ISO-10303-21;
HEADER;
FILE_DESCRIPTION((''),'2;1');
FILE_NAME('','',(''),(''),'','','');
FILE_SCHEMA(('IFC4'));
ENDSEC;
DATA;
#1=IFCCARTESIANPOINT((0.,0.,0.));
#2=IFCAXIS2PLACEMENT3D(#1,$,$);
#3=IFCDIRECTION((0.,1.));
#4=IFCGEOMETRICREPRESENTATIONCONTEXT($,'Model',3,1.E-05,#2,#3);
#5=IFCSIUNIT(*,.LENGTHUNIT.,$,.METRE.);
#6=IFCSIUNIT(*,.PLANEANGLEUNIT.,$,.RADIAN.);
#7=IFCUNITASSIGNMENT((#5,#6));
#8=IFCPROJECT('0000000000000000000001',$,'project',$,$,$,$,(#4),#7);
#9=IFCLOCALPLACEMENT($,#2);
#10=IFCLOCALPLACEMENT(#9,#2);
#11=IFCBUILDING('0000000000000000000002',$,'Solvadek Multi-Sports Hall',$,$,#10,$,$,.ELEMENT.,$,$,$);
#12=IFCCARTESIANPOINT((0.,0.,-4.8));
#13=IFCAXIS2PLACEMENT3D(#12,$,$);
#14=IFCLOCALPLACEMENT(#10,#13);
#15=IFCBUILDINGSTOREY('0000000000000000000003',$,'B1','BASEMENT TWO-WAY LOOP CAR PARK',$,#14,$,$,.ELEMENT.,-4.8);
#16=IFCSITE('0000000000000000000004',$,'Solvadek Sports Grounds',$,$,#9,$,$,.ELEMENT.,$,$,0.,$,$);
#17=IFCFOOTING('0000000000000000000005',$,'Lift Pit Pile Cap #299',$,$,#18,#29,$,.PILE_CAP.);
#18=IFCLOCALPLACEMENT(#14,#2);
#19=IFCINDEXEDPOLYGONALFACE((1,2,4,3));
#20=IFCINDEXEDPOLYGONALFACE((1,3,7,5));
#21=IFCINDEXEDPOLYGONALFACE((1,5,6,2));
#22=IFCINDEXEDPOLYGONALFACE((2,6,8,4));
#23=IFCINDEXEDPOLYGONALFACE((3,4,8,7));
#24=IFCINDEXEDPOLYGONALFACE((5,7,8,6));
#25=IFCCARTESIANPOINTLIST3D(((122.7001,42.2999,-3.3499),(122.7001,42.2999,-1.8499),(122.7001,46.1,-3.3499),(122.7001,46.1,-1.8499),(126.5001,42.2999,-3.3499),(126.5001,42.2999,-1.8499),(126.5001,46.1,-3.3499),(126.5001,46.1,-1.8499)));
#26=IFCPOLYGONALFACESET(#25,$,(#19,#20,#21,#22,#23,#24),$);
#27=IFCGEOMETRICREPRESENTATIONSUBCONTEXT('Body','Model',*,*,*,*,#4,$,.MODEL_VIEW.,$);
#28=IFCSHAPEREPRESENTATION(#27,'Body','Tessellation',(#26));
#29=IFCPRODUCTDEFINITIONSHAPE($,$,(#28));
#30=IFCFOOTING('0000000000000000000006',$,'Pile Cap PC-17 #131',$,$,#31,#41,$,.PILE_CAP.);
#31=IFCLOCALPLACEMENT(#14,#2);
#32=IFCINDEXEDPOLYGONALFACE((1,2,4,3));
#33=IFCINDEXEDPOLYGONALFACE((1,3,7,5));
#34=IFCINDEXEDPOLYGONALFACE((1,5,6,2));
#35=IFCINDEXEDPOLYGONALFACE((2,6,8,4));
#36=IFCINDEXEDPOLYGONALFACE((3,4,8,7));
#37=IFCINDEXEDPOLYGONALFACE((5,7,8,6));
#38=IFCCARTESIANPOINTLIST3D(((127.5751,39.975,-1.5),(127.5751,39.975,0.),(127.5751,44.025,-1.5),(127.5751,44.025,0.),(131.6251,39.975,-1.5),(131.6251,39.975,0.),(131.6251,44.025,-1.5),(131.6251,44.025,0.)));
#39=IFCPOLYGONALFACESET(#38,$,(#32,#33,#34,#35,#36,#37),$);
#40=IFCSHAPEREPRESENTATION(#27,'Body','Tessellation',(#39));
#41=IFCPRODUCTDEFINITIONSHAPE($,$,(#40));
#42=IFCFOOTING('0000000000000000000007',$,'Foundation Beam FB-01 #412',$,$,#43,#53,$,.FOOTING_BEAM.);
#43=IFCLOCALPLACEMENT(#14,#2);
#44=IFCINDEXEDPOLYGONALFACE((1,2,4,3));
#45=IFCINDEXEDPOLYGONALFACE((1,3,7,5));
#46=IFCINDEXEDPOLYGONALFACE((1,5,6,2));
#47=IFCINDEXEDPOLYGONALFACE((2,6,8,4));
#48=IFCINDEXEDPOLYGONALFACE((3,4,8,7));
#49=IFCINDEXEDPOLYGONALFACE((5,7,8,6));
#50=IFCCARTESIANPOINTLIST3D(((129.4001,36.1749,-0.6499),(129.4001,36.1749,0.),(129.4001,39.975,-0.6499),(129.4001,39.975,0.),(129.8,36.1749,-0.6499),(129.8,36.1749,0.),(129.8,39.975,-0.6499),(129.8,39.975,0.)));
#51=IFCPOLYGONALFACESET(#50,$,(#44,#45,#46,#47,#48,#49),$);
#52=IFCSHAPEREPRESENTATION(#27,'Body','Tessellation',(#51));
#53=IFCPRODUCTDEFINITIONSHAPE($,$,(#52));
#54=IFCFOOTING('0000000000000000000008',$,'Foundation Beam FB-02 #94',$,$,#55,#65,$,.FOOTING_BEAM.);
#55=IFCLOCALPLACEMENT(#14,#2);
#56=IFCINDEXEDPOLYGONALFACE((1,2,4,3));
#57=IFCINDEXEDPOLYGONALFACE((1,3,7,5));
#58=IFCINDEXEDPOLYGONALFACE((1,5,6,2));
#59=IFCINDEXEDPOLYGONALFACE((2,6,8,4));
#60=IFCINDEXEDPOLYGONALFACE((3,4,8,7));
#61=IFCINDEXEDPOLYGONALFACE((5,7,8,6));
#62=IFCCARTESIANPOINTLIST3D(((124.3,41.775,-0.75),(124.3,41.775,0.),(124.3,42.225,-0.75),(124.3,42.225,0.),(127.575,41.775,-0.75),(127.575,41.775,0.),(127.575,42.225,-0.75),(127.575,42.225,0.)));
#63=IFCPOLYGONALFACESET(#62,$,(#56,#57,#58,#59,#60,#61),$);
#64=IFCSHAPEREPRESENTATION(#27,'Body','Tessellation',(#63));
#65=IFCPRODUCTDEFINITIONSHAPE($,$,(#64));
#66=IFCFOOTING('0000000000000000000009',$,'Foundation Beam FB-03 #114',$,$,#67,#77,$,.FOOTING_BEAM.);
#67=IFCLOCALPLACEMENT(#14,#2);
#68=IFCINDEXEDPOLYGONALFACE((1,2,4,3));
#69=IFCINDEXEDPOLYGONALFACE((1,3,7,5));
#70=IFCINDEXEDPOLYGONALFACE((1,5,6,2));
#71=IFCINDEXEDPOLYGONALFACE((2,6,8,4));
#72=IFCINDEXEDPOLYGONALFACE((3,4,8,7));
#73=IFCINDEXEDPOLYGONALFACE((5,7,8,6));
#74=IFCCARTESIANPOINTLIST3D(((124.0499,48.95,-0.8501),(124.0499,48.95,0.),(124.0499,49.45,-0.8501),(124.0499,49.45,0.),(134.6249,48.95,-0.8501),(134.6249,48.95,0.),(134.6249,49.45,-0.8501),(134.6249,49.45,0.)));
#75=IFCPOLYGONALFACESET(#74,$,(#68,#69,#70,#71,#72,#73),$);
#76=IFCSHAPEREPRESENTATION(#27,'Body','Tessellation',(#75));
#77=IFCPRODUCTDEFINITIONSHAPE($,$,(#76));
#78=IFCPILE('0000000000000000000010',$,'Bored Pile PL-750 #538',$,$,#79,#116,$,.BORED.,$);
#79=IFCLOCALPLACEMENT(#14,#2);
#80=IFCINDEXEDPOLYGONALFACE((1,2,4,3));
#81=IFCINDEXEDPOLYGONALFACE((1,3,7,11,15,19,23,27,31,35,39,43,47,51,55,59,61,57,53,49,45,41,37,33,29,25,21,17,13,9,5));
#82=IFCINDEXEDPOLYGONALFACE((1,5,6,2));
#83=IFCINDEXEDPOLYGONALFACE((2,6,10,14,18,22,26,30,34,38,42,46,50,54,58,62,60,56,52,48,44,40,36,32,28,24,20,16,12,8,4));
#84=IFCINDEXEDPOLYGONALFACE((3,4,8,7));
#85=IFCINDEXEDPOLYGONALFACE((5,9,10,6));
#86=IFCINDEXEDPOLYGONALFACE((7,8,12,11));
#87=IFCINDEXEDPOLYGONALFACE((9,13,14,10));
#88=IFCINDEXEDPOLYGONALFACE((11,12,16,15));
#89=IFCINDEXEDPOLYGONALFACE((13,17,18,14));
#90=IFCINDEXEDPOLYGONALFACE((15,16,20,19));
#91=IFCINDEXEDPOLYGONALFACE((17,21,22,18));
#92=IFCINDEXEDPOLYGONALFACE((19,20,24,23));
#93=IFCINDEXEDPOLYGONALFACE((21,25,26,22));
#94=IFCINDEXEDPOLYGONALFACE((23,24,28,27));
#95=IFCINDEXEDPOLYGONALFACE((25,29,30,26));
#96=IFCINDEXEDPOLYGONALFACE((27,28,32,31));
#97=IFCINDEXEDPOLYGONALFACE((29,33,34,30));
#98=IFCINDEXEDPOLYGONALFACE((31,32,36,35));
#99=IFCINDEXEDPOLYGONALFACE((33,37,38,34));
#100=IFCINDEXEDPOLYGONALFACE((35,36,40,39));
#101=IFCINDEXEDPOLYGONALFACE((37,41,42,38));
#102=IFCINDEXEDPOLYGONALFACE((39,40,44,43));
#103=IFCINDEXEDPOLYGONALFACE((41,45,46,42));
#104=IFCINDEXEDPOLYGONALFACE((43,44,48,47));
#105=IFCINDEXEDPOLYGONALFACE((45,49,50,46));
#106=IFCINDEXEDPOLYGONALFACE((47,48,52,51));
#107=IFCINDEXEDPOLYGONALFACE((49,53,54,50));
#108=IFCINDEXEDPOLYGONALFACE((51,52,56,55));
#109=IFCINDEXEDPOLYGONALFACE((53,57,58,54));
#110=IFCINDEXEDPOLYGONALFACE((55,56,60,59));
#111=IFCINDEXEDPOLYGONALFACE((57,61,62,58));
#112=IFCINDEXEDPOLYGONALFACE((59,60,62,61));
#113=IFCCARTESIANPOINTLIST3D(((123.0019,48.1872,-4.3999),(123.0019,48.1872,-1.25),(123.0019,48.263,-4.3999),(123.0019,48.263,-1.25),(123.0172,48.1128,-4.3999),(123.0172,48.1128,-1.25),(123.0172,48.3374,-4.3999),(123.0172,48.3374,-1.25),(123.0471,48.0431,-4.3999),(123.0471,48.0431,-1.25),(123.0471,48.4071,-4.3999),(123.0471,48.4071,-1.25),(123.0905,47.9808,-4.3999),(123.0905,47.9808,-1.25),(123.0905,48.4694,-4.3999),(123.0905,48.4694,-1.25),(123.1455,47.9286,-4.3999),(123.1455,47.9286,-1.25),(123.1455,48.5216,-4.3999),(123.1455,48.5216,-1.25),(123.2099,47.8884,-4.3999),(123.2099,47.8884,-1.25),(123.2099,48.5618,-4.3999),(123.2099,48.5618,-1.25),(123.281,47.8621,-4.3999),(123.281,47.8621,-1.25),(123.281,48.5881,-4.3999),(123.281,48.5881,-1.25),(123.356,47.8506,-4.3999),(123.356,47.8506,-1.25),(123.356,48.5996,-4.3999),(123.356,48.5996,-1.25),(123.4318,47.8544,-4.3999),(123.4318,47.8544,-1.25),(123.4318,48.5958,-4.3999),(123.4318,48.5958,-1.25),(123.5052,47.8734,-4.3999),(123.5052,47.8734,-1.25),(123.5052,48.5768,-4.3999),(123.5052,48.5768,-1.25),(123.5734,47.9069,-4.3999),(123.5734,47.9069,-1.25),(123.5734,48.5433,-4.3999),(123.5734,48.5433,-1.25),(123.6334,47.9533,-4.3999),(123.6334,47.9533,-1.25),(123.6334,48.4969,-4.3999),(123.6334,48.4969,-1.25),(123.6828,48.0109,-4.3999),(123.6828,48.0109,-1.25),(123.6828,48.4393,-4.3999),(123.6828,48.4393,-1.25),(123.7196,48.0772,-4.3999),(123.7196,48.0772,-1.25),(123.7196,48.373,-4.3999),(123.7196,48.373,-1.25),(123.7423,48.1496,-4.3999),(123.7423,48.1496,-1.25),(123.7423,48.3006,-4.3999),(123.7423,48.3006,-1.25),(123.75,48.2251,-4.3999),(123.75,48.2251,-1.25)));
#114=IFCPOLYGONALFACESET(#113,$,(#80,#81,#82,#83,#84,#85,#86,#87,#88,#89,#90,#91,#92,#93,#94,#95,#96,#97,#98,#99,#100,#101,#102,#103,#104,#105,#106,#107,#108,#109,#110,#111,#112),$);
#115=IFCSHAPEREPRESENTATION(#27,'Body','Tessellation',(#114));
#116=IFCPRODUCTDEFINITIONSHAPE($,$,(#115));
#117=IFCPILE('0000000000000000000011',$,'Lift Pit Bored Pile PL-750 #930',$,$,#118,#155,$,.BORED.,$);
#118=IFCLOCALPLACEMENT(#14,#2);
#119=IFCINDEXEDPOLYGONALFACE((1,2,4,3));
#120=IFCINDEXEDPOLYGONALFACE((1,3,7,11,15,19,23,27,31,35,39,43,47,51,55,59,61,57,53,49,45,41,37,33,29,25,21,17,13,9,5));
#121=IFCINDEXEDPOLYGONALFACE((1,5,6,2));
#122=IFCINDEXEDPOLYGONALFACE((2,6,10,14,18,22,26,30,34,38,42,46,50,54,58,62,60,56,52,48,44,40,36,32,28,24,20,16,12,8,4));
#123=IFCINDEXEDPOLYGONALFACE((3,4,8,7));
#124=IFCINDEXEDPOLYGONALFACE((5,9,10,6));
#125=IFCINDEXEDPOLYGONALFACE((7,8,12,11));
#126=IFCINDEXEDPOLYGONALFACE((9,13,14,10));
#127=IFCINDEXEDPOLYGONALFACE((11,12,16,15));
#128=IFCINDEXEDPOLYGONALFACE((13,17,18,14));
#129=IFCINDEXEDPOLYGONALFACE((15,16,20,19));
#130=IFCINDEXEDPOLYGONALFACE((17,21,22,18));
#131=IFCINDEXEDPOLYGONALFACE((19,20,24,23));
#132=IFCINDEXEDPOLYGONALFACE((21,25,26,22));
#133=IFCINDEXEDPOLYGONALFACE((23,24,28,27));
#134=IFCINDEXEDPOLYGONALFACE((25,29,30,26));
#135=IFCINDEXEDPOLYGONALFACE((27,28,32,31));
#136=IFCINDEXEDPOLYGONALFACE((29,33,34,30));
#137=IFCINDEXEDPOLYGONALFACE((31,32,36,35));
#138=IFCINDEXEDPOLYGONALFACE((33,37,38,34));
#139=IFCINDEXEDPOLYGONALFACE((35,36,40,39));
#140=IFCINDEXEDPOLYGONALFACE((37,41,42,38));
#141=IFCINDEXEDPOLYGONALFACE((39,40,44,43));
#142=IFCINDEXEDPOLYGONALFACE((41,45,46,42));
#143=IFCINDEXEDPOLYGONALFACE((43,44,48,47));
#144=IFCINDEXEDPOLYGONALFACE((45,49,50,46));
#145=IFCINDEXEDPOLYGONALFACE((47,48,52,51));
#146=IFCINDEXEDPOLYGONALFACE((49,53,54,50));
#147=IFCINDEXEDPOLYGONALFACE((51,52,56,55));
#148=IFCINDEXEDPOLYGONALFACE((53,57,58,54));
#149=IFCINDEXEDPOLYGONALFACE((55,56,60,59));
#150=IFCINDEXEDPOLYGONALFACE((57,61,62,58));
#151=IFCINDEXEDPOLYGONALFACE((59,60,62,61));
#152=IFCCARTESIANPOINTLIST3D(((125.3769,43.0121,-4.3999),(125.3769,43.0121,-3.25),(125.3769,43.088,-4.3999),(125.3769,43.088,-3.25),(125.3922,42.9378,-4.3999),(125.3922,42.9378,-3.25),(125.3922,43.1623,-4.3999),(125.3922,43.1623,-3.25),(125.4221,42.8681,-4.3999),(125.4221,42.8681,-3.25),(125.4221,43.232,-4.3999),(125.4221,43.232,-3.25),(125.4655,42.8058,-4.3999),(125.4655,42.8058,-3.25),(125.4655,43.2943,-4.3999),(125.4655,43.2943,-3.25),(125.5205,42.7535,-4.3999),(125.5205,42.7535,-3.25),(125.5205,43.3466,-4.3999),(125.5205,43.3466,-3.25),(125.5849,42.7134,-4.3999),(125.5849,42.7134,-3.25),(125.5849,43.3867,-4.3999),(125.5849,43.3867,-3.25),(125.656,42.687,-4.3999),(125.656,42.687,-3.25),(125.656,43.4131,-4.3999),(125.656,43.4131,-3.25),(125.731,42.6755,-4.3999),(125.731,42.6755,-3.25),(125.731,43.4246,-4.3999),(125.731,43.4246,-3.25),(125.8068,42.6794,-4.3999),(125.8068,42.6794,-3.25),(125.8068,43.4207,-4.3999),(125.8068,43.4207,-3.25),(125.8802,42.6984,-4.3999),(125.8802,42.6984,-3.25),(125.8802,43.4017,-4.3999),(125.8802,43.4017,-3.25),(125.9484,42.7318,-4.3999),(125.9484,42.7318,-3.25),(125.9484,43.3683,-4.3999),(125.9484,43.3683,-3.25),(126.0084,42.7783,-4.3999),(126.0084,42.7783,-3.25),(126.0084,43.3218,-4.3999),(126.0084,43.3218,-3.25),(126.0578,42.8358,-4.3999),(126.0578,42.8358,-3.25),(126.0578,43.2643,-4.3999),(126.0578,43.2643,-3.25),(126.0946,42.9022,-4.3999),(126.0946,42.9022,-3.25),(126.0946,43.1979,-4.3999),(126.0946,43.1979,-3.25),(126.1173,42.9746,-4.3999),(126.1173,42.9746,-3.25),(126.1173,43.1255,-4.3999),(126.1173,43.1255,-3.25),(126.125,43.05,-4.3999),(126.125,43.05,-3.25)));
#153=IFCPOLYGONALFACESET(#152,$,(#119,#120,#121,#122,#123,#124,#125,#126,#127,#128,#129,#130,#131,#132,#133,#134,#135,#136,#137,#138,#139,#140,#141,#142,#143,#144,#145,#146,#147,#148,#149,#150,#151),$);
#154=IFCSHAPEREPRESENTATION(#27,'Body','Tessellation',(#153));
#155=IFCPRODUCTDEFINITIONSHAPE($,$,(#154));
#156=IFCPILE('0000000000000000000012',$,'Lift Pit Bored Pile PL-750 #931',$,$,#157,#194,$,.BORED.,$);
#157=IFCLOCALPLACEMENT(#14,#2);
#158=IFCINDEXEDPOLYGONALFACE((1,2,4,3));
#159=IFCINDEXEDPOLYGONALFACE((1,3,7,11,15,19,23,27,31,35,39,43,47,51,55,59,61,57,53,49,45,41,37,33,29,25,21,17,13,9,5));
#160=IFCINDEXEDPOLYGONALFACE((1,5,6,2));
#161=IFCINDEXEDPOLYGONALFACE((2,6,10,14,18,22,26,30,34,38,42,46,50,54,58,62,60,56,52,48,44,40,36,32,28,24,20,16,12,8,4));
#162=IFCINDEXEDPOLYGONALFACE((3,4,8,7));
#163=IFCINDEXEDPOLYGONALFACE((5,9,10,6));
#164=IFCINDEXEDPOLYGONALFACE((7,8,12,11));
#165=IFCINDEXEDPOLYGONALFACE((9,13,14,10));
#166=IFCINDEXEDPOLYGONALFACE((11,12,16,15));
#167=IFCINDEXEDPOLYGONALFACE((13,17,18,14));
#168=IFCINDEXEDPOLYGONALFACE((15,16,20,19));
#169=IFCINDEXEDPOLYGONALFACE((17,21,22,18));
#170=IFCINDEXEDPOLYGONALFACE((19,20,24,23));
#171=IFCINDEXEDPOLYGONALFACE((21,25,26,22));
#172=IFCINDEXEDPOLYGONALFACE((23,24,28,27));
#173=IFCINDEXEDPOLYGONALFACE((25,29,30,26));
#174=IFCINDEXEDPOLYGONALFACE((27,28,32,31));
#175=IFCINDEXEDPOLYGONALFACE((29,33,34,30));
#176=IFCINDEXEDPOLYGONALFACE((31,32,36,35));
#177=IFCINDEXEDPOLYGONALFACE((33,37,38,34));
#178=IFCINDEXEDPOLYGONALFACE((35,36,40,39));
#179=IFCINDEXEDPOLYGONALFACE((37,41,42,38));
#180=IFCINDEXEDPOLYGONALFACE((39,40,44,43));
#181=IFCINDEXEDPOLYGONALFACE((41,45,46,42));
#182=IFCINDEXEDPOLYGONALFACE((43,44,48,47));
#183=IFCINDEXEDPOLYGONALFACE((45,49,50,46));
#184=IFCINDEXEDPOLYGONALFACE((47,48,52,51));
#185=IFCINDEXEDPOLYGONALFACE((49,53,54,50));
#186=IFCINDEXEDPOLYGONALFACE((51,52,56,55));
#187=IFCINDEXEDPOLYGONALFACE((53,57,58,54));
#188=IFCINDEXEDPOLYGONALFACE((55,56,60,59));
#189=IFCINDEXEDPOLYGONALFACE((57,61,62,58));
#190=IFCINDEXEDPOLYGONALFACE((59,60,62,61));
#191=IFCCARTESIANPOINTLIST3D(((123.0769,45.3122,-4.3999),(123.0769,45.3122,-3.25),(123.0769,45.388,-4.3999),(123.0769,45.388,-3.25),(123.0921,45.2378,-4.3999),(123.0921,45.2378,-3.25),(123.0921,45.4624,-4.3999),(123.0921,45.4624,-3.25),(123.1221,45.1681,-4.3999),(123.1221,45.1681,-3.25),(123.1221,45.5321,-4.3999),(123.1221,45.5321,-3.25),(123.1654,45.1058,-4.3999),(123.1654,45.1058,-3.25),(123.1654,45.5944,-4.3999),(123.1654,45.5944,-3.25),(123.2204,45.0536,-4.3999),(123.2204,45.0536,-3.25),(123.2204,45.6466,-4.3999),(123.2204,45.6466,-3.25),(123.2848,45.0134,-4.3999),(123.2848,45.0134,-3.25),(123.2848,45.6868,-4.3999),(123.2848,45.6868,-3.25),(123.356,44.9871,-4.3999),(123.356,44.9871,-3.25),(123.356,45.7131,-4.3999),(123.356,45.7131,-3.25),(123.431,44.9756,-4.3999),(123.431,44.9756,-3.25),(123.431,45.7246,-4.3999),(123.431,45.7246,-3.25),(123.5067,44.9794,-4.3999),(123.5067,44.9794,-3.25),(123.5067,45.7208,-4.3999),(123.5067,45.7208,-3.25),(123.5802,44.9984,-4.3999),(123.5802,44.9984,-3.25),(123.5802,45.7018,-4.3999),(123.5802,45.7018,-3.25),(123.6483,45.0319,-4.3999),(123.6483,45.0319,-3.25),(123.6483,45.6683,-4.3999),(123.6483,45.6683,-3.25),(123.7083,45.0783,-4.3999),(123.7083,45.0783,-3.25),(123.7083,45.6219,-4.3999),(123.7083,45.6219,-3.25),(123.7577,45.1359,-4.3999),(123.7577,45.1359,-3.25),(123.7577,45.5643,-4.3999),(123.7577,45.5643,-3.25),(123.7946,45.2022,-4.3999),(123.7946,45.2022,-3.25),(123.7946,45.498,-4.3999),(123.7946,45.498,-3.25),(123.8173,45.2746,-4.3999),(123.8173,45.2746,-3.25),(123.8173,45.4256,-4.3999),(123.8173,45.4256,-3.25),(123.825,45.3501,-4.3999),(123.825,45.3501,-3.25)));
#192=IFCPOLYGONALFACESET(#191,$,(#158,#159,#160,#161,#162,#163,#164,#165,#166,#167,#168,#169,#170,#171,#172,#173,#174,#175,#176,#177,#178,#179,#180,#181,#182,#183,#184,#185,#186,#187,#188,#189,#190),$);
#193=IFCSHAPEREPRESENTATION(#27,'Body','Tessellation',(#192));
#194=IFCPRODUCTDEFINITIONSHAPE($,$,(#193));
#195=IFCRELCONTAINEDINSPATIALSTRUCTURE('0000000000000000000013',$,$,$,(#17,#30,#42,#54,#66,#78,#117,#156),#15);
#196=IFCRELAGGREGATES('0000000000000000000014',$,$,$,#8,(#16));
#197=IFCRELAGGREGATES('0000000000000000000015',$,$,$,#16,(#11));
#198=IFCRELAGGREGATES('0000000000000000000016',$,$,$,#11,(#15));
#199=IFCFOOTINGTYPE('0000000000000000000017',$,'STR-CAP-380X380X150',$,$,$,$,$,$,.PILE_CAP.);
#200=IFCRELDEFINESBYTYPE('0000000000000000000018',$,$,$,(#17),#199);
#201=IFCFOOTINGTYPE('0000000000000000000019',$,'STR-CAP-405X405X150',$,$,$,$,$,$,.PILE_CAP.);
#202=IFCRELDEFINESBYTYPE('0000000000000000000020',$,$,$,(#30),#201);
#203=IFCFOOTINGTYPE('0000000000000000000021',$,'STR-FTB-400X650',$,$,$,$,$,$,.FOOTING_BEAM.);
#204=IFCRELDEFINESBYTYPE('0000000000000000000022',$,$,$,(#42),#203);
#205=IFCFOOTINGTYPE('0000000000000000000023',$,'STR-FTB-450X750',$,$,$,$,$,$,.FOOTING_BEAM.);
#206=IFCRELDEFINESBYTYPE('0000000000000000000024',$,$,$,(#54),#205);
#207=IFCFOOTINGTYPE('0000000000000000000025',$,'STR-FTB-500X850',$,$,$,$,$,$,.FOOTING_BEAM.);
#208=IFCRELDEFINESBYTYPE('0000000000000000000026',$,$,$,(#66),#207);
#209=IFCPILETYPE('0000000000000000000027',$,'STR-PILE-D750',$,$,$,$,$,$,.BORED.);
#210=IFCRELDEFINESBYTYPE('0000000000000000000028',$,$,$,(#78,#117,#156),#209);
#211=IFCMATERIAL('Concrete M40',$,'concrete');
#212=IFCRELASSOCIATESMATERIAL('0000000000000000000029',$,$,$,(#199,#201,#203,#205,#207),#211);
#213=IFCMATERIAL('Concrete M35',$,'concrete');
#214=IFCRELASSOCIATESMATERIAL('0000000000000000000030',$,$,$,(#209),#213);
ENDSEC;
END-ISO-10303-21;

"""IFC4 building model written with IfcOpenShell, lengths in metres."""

from ifc_helpers import new_model, si_unit, direction, frame, origin, origin_2d, place, context, subcontext, project, spatial, rectangle, circle, extrude, material, material_profile, profile_set, type_object, element, save


model = new_model("IFC4")

# Units and contexts
model_context = context("Model", 3, precision=1e-05, world=origin(), true_north=direction((0.0, 1.0)))
body_context = subcontext(model_context, "Body", "Model", "MODEL_VIEW")
ifc_project = project(units=[si_unit("LENGTHUNIT", "METRE"), si_unit("PLANEANGLEUNIT", "RADIAN")], contexts=[model_context])

# Site, building, storey
site_placement = place(None, origin())
site = spatial("IfcSite", under=ifc_project, at=site_placement, Name="Solvadek Sports Grounds", CompositionType="ELEMENT", RefElevation=0.0)
building_placement = place(site_placement, origin())
building = spatial("IfcBuilding", under=site, at=building_placement, Name="Solvadek Multi-Sports Hall", CompositionType="ELEMENT")
storey_placement = place(building_placement, frame((0.0, 0.0, -4.8)))
storey = spatial("IfcBuildingStorey", under=building, at=storey_placement, Name="B1", Description="BASEMENT TWO-WAY LOOP CAR PARK", CompositionType="ELEMENT", Elevation=-4.8)

# Footings
ifc_material_1 = material(Name="Concrete M40", Category="concrete")
footing_type_1 = type_object("IfcFootingType", Name="STR-CAP-380X380X150", PredefinedType="PILE_CAP", material=ifc_material_1)
footing_1_placement = place(storey_placement, frame((124.6001, 44.2, -3.3499), z_axis=(0.0, 0.0, 1.0), x_axis=(1.0, 0.0, 0.0)))
element("IfcFooting", 1, at=footing_1_placement, inside=storey, type_object=footing_type_1, Name="Lift Pit Pile Cap #299", PredefinedType="PILE_CAP", context=body_context, shape_type="SweptSolid", body=[
    extrude(rectangle(XDim=3.8, YDim=3.8, at=origin_2d()), origin(), (0.0, 0.0, 1.0), 1.5),
])
footing_type_2 = type_object("IfcFootingType", Name="STR-CAP-405X405X150", PredefinedType="PILE_CAP", material=ifc_material_1)
footing_2_placement = place(storey_placement, frame((129.6001, 42.0, -1.5), z_axis=(0.0, 0.0, 1.0), x_axis=(1.0, 0.0, 0.0)))
element("IfcFooting", 2, at=footing_2_placement, inside=storey, type_object=footing_type_2, Name="Pile Cap PC-17 #131", PredefinedType="PILE_CAP", context=body_context, shape_type="SweptSolid", body=[
    extrude(rectangle(XDim=4.05, YDim=4.05, at=origin_2d()), origin(), (0.0, 0.0, 1.0), 1.5),
])
footing_type_3 = type_object("IfcFootingType", Name="STR-FTB-400X650", PredefinedType="FOOTING_BEAM", material=ifc_material_1)
footing_3_placement = place(storey_placement, frame((129.6001, 38.075, -0.6499), z_axis=(0.0, 0.0, 1.0), x_axis=(0.0, 1.0, 0.0)))
element("IfcFooting", 3, at=footing_3_placement, inside=storey, type_object=footing_type_3, Name="Foundation Beam FB-01 #412", PredefinedType="FOOTING_BEAM", context=body_context, shape_type="SweptSolid", body=[
    extrude(rectangle(XDim=3.8, YDim=0.3999, at=origin_2d()), origin(), (0.0, 0.0, 1.0), 0.6499),
])
footing_type_4 = type_object("IfcFootingType", Name="STR-FTB-450X750", PredefinedType="FOOTING_BEAM", material=ifc_material_1)
footing_4_placement = place(storey_placement, frame((125.9375, 42.0, -0.75), z_axis=(0.0, 0.0, 1.0), x_axis=(1.0, 0.0, 0.0)))
element("IfcFooting", 4, at=footing_4_placement, inside=storey, type_object=footing_type_4, Name="Foundation Beam FB-02 #94", PredefinedType="FOOTING_BEAM", context=body_context, shape_type="SweptSolid", body=[
    extrude(rectangle(XDim=3.2749, YDim=0.45, at=origin_2d()), origin(), (0.0, 0.0, 1.0), 0.75),
])
footing_type_5 = type_object("IfcFootingType", Name="STR-FTB-500X850", PredefinedType="FOOTING_BEAM", material=ifc_material_1)
footing_5_placement = place(storey_placement, frame((129.3374, 49.2, -0.8501), z_axis=(0.0, 0.0, 1.0), x_axis=(1.0, 0.0, 0.0)))
element("IfcFooting", 5, at=footing_5_placement, inside=storey, type_object=footing_type_5, Name="Foundation Beam FB-03 #114", PredefinedType="FOOTING_BEAM", context=body_context, shape_type="SweptSolid", body=[
    extrude(rectangle(XDim=10.575, YDim=0.5, at=origin_2d()), origin(), (0.0, 0.0, 1.0), 0.8501),
])

# Piles
ifc_material_2 = material(Name="Concrete M35", Category="concrete")
ifc_material_profile_1 = material_profile(ifc_material_2, circle(Radius=0.375, at=origin_2d()), Name="BORED PILE D750")
ifc_profile_set_1 = profile_set([ifc_material_profile_1], Name="Concrete M35")
pile_type_1 = type_object("IfcPileType", Name="STR-PILE-D750", PredefinedType="BORED", material=ifc_profile_set_1)
pile_placement = place(storey_placement, frame((123.375, 48.2251, -1.25), z_axis=(0.0, 0.0, -1.0), x_axis=(1.0, 0.0, 0.0)))
element("IfcPile", 6, at=pile_placement, inside=storey, type_object=pile_type_1, Name="Bored Pile PL-750 #538", PredefinedType="BORED", context=body_context, shape_type="SweptSolid", body=[
    extrude(circle(Radius=0.375, at=origin_2d()), origin(), (0.0, 0.0, 1.0), 3.1499),
])
for number, where, z_axis, x_axis, name in (
    (7, (125.75, 43.05, -3.25), (0.0, 0.0, -1.0), (1.0, 0.0, 0.0), "Lift Pit Bored Pile PL-750 #930"),
    (8, (123.45, 45.3501, -3.25), (0.0, 0.0, -1.0), (1.0, 0.0, 0.0), "Lift Pit Bored Pile PL-750 #931"),
):
    element("IfcPile", number, at=place(storey_placement, frame(where, z_axis=z_axis, x_axis=x_axis)), inside=storey, type_object=pile_type_1, Name=name, PredefinedType="BORED", context=body_context, shape_type="SweptSolid", body=[
        extrude(circle(Radius=0.375, at=origin_2d()), origin(), (0.0, 0.0, 1.0), 1.1499),
    ])

save(model, "model.ifc")
